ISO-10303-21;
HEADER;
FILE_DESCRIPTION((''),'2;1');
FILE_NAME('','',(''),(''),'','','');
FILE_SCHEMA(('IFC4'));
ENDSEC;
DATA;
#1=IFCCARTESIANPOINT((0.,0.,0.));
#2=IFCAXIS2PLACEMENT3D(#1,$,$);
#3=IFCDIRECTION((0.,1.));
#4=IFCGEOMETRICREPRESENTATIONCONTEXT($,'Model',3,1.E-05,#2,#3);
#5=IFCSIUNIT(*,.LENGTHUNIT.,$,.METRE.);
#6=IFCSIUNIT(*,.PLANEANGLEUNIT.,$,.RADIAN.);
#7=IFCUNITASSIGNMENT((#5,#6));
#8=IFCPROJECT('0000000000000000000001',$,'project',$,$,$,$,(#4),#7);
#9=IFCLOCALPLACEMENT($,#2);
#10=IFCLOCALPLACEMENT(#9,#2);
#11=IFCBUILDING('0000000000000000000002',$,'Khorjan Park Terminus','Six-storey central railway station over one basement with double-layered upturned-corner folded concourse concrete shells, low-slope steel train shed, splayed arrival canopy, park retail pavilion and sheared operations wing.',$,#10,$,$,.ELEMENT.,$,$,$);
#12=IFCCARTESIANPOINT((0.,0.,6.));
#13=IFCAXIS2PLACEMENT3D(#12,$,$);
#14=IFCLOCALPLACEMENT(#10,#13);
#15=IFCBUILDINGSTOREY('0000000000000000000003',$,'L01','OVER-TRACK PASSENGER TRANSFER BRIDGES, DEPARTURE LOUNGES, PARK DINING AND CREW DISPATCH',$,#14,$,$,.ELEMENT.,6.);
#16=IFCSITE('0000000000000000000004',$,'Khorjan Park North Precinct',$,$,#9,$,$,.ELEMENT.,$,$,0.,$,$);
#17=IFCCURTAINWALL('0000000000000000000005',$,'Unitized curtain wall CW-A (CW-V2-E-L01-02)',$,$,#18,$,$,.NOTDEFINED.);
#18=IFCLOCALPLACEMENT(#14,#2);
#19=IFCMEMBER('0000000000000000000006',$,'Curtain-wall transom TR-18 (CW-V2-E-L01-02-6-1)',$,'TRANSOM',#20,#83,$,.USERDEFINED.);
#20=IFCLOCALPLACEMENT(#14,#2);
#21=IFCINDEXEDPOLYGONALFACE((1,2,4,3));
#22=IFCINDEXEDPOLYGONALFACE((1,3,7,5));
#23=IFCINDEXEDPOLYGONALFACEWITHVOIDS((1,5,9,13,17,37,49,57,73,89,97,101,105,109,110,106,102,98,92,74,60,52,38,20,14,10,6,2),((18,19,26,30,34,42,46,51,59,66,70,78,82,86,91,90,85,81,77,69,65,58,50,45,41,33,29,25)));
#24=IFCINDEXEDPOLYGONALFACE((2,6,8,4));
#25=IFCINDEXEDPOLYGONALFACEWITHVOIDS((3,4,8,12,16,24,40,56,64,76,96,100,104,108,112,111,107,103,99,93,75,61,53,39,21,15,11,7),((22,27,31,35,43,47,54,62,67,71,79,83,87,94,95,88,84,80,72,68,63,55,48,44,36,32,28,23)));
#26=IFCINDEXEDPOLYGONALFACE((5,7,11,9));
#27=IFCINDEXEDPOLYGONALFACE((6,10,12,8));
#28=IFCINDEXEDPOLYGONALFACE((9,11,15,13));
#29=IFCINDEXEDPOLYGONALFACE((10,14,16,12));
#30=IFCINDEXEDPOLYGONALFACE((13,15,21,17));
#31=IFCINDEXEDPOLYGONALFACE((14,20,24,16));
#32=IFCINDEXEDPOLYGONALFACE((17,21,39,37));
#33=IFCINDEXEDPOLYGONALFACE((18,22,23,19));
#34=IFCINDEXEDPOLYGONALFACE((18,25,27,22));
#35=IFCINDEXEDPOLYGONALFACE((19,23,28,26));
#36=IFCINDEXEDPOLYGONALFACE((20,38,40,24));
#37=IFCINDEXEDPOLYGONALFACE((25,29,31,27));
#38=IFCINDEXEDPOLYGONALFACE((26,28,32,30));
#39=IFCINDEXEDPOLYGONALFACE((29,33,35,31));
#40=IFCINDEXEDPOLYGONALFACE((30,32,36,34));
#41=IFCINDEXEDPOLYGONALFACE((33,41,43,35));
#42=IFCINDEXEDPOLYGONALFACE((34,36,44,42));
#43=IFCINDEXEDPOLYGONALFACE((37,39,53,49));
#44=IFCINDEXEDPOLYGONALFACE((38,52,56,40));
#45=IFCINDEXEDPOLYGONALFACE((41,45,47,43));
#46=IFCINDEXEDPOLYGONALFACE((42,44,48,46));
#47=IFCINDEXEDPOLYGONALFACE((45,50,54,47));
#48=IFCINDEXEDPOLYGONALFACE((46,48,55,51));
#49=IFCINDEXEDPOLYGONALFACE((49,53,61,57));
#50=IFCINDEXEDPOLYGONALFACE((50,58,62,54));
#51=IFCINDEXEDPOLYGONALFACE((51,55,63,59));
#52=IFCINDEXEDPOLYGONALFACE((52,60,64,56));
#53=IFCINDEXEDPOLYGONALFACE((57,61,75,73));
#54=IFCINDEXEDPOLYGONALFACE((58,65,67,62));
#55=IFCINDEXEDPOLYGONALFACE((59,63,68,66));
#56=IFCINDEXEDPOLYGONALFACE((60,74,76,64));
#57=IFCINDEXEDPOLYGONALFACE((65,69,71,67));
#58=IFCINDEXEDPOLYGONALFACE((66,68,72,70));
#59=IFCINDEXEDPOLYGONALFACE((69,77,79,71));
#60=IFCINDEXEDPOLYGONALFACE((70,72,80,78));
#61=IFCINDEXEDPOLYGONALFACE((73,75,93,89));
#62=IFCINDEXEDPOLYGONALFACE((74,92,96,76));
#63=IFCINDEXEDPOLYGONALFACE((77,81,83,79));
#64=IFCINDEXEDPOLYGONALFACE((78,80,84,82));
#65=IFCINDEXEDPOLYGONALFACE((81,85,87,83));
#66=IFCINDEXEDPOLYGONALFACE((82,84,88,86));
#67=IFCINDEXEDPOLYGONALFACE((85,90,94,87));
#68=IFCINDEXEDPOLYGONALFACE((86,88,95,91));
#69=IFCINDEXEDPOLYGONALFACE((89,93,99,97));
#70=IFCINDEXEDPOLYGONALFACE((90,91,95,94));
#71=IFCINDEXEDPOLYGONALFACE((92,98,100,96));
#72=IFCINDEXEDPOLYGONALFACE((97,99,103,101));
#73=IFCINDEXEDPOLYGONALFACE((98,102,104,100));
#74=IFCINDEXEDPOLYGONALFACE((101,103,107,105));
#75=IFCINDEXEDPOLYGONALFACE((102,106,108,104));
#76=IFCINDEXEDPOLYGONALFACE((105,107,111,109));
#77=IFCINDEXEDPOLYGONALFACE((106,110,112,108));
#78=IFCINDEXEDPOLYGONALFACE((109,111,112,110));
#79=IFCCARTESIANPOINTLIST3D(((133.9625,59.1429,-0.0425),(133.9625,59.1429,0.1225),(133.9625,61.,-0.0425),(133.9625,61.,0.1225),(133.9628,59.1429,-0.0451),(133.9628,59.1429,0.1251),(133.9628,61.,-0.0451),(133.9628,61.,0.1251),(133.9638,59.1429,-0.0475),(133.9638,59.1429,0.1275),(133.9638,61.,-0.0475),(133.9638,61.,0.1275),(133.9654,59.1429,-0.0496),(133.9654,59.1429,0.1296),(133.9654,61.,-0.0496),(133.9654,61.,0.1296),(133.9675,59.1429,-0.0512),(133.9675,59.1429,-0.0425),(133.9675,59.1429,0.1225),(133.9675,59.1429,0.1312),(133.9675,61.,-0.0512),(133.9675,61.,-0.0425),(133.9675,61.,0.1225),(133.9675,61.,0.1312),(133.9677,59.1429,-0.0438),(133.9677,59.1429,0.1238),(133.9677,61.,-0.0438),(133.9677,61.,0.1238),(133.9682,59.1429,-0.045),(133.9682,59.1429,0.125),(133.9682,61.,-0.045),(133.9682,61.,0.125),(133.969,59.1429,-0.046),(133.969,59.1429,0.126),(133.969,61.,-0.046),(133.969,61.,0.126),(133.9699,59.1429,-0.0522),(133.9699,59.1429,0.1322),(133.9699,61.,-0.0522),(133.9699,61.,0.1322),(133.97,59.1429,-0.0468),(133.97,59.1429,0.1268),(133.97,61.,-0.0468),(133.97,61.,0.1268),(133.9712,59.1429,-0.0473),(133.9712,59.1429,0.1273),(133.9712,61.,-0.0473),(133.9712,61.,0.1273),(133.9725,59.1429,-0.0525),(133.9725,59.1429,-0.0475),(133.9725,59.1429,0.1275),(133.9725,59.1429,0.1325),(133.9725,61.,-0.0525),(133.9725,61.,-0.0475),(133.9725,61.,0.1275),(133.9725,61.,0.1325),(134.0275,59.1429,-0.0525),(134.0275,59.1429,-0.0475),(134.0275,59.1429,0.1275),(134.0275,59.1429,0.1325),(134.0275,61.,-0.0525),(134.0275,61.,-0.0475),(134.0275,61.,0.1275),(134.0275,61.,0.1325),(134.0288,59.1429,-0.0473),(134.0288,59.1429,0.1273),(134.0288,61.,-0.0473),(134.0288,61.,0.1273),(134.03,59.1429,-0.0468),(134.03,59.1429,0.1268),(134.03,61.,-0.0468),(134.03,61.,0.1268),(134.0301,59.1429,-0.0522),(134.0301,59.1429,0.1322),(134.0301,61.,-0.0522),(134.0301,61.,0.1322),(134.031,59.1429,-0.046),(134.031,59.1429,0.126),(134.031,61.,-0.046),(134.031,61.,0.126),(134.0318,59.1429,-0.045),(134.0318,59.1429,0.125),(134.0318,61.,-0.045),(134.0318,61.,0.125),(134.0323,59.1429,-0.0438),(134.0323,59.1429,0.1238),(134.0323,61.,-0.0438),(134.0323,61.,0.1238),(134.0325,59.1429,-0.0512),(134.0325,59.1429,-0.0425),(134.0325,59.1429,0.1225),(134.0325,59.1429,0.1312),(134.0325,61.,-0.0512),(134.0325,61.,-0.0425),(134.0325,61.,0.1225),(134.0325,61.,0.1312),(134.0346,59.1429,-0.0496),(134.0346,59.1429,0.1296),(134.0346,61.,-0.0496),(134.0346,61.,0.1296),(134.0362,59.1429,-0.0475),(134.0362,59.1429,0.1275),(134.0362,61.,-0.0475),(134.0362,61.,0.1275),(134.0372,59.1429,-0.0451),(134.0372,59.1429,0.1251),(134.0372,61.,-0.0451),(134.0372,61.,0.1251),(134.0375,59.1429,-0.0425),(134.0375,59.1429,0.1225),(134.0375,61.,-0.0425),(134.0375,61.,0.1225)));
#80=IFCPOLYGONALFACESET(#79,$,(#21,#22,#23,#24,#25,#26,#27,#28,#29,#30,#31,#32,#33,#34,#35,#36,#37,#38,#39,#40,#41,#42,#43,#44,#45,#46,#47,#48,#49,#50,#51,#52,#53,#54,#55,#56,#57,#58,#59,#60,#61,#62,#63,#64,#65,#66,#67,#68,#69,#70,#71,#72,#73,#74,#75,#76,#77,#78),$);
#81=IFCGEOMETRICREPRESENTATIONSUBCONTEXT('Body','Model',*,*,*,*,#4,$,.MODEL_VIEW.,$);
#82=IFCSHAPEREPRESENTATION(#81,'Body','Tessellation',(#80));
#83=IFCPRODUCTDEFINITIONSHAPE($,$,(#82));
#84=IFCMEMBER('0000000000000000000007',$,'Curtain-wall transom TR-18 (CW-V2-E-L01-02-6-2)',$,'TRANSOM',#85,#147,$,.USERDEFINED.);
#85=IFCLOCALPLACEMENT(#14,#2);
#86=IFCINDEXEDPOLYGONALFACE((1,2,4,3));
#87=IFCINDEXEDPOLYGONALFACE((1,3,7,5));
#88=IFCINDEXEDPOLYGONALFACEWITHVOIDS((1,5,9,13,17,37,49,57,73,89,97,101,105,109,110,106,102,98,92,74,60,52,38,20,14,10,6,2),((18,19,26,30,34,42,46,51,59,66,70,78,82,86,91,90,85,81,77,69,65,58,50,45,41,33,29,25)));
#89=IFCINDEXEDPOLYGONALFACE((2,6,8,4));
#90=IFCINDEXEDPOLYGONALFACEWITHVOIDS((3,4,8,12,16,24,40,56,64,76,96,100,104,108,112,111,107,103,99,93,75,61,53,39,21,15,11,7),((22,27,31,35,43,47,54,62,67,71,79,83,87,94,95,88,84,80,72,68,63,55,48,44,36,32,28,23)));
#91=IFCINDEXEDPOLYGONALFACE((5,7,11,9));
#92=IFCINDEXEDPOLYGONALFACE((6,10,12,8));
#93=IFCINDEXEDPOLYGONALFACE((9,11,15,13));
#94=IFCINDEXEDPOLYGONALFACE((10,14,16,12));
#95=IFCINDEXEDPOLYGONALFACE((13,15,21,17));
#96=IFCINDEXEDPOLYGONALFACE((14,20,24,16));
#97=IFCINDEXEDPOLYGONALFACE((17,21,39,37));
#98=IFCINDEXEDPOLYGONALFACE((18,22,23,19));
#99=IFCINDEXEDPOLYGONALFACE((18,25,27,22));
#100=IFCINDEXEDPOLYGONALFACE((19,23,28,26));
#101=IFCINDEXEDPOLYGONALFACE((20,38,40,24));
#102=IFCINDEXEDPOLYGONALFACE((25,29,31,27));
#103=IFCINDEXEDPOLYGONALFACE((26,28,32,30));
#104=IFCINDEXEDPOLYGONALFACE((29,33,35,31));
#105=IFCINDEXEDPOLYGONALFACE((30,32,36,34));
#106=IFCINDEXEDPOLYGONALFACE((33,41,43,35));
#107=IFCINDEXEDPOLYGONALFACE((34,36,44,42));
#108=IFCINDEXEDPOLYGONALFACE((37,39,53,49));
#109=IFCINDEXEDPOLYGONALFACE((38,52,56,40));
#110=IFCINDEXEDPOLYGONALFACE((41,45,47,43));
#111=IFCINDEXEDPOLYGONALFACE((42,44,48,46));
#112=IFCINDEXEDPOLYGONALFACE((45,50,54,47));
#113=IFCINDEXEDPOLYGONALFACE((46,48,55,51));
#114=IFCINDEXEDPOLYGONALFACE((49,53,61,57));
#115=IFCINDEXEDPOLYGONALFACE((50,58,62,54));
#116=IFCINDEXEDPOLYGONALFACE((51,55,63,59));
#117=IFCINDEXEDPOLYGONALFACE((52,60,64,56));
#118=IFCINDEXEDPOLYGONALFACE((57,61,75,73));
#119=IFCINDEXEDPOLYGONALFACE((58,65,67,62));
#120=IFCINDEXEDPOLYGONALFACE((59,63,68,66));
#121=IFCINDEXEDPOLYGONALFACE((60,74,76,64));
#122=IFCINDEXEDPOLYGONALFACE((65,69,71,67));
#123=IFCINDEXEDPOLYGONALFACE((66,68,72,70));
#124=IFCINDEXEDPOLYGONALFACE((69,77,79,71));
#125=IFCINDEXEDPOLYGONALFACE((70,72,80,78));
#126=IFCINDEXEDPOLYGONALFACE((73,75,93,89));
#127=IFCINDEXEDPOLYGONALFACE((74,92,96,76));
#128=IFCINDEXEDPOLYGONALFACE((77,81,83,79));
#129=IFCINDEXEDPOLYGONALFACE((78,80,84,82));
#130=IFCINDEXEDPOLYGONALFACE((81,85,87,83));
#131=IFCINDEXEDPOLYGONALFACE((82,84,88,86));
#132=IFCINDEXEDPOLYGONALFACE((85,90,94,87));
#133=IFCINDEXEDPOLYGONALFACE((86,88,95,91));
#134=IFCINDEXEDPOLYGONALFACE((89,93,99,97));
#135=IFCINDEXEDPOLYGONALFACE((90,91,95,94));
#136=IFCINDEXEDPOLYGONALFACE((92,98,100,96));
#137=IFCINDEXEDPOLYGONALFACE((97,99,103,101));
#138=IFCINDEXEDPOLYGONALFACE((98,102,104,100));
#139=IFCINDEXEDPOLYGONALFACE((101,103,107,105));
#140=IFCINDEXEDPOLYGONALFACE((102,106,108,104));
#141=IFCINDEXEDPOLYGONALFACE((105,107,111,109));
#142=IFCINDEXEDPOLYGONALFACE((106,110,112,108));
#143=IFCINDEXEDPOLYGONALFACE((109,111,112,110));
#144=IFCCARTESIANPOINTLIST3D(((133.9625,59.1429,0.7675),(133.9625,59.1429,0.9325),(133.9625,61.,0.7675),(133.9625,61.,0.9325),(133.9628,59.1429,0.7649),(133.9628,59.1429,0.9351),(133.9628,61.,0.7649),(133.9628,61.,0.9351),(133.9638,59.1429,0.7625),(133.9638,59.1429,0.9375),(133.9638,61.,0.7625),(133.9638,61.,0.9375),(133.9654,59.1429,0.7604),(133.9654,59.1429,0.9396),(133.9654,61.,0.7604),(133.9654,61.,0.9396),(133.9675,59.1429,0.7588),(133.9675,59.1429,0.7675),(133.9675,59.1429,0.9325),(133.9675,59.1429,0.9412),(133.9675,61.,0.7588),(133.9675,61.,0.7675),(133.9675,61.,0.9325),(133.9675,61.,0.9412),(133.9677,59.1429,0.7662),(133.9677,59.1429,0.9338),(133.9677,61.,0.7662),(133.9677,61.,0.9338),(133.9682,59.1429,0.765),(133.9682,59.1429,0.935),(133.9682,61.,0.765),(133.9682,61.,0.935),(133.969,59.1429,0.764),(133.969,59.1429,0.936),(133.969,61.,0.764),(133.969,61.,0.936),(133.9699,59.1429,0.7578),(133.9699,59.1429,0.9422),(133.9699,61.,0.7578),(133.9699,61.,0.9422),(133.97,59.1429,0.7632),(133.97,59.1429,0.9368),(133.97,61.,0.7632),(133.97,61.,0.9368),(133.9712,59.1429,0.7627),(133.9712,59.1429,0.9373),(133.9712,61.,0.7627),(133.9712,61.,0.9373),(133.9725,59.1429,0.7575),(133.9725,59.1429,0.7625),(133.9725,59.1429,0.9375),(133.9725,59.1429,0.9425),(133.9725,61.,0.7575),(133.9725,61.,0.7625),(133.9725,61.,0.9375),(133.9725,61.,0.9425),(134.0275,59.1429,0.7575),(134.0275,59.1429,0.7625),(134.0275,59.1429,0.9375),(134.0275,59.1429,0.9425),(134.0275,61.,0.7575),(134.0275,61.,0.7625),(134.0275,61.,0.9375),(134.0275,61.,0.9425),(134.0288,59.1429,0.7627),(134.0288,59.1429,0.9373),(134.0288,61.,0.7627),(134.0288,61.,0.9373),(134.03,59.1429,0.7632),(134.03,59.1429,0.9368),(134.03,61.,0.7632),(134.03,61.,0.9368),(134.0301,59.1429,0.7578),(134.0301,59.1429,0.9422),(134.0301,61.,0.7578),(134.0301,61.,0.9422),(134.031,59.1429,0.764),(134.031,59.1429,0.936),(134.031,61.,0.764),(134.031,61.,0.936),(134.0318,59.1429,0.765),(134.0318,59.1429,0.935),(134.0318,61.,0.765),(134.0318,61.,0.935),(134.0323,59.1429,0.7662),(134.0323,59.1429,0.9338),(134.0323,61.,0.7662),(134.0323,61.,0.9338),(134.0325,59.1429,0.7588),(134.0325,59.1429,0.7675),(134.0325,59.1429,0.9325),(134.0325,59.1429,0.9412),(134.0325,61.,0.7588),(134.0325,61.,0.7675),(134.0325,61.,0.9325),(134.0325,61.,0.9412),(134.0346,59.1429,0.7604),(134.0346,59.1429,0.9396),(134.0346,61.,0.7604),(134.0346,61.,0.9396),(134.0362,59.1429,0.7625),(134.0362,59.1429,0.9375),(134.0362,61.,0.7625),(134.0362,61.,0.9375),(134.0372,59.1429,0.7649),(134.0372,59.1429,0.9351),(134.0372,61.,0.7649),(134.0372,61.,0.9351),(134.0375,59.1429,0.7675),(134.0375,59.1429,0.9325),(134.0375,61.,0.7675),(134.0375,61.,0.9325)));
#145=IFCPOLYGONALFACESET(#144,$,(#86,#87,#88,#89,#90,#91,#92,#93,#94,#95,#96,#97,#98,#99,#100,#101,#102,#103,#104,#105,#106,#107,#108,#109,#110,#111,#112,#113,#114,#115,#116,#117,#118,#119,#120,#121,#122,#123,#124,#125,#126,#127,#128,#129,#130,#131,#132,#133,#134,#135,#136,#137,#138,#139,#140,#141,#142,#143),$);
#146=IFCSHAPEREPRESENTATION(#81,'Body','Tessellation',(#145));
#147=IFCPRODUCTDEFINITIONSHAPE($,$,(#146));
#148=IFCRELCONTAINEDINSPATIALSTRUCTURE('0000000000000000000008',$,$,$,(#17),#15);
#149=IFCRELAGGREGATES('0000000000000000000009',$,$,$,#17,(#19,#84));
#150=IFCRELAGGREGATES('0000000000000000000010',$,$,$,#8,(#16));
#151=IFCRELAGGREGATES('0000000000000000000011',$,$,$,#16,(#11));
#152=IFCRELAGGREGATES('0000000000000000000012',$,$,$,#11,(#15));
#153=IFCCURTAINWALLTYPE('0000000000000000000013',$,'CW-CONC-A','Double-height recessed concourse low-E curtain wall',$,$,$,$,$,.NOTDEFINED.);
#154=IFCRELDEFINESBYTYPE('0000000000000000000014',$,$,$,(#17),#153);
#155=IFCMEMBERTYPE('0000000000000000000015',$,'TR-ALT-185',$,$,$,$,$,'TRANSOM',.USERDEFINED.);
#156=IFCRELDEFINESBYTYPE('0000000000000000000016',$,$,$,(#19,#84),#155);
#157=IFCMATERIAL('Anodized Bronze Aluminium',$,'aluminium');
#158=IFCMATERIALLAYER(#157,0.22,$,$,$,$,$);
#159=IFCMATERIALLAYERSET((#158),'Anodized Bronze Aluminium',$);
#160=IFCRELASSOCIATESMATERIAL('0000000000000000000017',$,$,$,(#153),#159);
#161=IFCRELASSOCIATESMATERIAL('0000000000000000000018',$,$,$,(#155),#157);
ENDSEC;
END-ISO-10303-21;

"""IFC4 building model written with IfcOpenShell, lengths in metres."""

from ifc_helpers import new_model, si_unit, direction, frame, origin, origin_2d, place, context, subcontext, project, spatial, hollow_rectangle, extrude, material, layer, layer_set, material_profile, profile_set, type_object, element, aggregate, save


model = new_model("IFC4")

# Units and contexts
model_context = context("Model", 3, precision=1e-05, world=origin(), true_north=direction((0.0, 1.0)))
body_context = subcontext(model_context, "Body", "Model", "MODEL_VIEW")
ifc_project = project(units=[si_unit("LENGTHUNIT", "METRE"), si_unit("PLANEANGLEUNIT", "RADIAN")], contexts=[model_context])

# Site, building, storey
site_placement = place(None, origin())
site = spatial("IfcSite", under=ifc_project, at=site_placement, Name="Khorjan Park North Precinct", CompositionType="ELEMENT", RefElevation=0.0)
building_placement = place(site_placement, origin())
building = spatial("IfcBuilding", under=site, at=building_placement, Name="Khorjan Park Terminus", Description="Six-storey central railway station over one basement with double-layered upturned-corner folded concourse concrete shells, low-slope steel train shed, splayed arrival canopy, park retail pavilion and sheared operations wing.", CompositionType="ELEMENT")
storey_placement = place(building_placement, frame((0.0, 0.0, 6.0)))
storey = spatial("IfcBuildingStorey", under=building, at=storey_placement, Name="L01", Description="OVER-TRACK PASSENGER TRANSFER BRIDGES, DEPARTURE LOUNGES, PARK DINING AND CREW DISPATCH", CompositionType="ELEMENT", Elevation=6.0)

# Curtain wall
ifc_material_1 = material(Name="Anodized Bronze Aluminium", Category="aluminium")
ifc_layer_1 = layer(ifc_material_1, 0.22)
ifc_layer_set_1 = layer_set([ifc_layer_1], Name="Anodized Bronze Aluminium")
curtain_wall_type = type_object("IfcCurtainWallType", Name="CW-CONC-A", Description="Double-height recessed concourse low-E curtain wall", PredefinedType="NOTDEFINED", material=ifc_layer_set_1)
curtain_wall_placement = place(storey_placement, origin())
curtain_wall = element("IfcCurtainWall", 1, at=curtain_wall_placement, inside=storey, type_object=curtain_wall_type, Name="Unitized curtain wall CW-A (CW-V2-E-L01-02)", PredefinedType="NOTDEFINED")

# Members
ifc_material_profile_1 = material_profile(ifc_material_1, hollow_rectangle(XDim=0.075, YDim=0.185, WallThickness=0.005, InnerFilletRadius=0.005, OuterFilletRadius=0.01, at=origin_2d()), Name="ALT 75x185x5")
ifc_profile_set_1 = profile_set([ifc_material_profile_1], Name="Anodized Bronze Aluminium")
member_type_1 = type_object("IfcMemberType", Name="TR-ALT-185", ElementType="TRANSOM", PredefinedType="USERDEFINED", material=ifc_profile_set_1)
member_1_placement = place(storey_placement, frame((134.0, 59.1429, 0.04), z_axis=(0.0, 1.0, 0.0), x_axis=(-1.0, 0.0, 0.0)))
member_1 = element("IfcMember", 2, at=member_1_placement, type_object=member_type_1, Name="Curtain-wall transom TR-18 (CW-V2-E-L01-02-6-1)", ObjectType="TRANSOM", PredefinedType="USERDEFINED", context=body_context, shape_type="SweptSolid", body=[
    extrude(hollow_rectangle(XDim=0.075, YDim=0.185, WallThickness=0.005, InnerFilletRadius=0.005, OuterFilletRadius=0.01, at=origin_2d()), origin(), (0.0, 0.0, 1.0), 1.8571),
])
member_2_placement = place(storey_placement, frame((134.0, 59.1429, 0.85), z_axis=(0.0, 1.0, 0.0), x_axis=(-1.0, 0.0, 0.0)))
member_2 = element("IfcMember", 3, at=member_2_placement, type_object=member_type_1, Name="Curtain-wall transom TR-18 (CW-V2-E-L01-02-6-2)", ObjectType="TRANSOM", PredefinedType="USERDEFINED", context=body_context, shape_type="SweptSolid", body=[
    extrude(hollow_rectangle(XDim=0.075, YDim=0.185, WallThickness=0.005, InnerFilletRadius=0.005, OuterFilletRadius=0.01, at=origin_2d()), origin(), (0.0, 0.0, 1.0), 1.8571),
])

aggregate(curtain_wall, [member_1, member_2])

save(model, "model.ifc")
